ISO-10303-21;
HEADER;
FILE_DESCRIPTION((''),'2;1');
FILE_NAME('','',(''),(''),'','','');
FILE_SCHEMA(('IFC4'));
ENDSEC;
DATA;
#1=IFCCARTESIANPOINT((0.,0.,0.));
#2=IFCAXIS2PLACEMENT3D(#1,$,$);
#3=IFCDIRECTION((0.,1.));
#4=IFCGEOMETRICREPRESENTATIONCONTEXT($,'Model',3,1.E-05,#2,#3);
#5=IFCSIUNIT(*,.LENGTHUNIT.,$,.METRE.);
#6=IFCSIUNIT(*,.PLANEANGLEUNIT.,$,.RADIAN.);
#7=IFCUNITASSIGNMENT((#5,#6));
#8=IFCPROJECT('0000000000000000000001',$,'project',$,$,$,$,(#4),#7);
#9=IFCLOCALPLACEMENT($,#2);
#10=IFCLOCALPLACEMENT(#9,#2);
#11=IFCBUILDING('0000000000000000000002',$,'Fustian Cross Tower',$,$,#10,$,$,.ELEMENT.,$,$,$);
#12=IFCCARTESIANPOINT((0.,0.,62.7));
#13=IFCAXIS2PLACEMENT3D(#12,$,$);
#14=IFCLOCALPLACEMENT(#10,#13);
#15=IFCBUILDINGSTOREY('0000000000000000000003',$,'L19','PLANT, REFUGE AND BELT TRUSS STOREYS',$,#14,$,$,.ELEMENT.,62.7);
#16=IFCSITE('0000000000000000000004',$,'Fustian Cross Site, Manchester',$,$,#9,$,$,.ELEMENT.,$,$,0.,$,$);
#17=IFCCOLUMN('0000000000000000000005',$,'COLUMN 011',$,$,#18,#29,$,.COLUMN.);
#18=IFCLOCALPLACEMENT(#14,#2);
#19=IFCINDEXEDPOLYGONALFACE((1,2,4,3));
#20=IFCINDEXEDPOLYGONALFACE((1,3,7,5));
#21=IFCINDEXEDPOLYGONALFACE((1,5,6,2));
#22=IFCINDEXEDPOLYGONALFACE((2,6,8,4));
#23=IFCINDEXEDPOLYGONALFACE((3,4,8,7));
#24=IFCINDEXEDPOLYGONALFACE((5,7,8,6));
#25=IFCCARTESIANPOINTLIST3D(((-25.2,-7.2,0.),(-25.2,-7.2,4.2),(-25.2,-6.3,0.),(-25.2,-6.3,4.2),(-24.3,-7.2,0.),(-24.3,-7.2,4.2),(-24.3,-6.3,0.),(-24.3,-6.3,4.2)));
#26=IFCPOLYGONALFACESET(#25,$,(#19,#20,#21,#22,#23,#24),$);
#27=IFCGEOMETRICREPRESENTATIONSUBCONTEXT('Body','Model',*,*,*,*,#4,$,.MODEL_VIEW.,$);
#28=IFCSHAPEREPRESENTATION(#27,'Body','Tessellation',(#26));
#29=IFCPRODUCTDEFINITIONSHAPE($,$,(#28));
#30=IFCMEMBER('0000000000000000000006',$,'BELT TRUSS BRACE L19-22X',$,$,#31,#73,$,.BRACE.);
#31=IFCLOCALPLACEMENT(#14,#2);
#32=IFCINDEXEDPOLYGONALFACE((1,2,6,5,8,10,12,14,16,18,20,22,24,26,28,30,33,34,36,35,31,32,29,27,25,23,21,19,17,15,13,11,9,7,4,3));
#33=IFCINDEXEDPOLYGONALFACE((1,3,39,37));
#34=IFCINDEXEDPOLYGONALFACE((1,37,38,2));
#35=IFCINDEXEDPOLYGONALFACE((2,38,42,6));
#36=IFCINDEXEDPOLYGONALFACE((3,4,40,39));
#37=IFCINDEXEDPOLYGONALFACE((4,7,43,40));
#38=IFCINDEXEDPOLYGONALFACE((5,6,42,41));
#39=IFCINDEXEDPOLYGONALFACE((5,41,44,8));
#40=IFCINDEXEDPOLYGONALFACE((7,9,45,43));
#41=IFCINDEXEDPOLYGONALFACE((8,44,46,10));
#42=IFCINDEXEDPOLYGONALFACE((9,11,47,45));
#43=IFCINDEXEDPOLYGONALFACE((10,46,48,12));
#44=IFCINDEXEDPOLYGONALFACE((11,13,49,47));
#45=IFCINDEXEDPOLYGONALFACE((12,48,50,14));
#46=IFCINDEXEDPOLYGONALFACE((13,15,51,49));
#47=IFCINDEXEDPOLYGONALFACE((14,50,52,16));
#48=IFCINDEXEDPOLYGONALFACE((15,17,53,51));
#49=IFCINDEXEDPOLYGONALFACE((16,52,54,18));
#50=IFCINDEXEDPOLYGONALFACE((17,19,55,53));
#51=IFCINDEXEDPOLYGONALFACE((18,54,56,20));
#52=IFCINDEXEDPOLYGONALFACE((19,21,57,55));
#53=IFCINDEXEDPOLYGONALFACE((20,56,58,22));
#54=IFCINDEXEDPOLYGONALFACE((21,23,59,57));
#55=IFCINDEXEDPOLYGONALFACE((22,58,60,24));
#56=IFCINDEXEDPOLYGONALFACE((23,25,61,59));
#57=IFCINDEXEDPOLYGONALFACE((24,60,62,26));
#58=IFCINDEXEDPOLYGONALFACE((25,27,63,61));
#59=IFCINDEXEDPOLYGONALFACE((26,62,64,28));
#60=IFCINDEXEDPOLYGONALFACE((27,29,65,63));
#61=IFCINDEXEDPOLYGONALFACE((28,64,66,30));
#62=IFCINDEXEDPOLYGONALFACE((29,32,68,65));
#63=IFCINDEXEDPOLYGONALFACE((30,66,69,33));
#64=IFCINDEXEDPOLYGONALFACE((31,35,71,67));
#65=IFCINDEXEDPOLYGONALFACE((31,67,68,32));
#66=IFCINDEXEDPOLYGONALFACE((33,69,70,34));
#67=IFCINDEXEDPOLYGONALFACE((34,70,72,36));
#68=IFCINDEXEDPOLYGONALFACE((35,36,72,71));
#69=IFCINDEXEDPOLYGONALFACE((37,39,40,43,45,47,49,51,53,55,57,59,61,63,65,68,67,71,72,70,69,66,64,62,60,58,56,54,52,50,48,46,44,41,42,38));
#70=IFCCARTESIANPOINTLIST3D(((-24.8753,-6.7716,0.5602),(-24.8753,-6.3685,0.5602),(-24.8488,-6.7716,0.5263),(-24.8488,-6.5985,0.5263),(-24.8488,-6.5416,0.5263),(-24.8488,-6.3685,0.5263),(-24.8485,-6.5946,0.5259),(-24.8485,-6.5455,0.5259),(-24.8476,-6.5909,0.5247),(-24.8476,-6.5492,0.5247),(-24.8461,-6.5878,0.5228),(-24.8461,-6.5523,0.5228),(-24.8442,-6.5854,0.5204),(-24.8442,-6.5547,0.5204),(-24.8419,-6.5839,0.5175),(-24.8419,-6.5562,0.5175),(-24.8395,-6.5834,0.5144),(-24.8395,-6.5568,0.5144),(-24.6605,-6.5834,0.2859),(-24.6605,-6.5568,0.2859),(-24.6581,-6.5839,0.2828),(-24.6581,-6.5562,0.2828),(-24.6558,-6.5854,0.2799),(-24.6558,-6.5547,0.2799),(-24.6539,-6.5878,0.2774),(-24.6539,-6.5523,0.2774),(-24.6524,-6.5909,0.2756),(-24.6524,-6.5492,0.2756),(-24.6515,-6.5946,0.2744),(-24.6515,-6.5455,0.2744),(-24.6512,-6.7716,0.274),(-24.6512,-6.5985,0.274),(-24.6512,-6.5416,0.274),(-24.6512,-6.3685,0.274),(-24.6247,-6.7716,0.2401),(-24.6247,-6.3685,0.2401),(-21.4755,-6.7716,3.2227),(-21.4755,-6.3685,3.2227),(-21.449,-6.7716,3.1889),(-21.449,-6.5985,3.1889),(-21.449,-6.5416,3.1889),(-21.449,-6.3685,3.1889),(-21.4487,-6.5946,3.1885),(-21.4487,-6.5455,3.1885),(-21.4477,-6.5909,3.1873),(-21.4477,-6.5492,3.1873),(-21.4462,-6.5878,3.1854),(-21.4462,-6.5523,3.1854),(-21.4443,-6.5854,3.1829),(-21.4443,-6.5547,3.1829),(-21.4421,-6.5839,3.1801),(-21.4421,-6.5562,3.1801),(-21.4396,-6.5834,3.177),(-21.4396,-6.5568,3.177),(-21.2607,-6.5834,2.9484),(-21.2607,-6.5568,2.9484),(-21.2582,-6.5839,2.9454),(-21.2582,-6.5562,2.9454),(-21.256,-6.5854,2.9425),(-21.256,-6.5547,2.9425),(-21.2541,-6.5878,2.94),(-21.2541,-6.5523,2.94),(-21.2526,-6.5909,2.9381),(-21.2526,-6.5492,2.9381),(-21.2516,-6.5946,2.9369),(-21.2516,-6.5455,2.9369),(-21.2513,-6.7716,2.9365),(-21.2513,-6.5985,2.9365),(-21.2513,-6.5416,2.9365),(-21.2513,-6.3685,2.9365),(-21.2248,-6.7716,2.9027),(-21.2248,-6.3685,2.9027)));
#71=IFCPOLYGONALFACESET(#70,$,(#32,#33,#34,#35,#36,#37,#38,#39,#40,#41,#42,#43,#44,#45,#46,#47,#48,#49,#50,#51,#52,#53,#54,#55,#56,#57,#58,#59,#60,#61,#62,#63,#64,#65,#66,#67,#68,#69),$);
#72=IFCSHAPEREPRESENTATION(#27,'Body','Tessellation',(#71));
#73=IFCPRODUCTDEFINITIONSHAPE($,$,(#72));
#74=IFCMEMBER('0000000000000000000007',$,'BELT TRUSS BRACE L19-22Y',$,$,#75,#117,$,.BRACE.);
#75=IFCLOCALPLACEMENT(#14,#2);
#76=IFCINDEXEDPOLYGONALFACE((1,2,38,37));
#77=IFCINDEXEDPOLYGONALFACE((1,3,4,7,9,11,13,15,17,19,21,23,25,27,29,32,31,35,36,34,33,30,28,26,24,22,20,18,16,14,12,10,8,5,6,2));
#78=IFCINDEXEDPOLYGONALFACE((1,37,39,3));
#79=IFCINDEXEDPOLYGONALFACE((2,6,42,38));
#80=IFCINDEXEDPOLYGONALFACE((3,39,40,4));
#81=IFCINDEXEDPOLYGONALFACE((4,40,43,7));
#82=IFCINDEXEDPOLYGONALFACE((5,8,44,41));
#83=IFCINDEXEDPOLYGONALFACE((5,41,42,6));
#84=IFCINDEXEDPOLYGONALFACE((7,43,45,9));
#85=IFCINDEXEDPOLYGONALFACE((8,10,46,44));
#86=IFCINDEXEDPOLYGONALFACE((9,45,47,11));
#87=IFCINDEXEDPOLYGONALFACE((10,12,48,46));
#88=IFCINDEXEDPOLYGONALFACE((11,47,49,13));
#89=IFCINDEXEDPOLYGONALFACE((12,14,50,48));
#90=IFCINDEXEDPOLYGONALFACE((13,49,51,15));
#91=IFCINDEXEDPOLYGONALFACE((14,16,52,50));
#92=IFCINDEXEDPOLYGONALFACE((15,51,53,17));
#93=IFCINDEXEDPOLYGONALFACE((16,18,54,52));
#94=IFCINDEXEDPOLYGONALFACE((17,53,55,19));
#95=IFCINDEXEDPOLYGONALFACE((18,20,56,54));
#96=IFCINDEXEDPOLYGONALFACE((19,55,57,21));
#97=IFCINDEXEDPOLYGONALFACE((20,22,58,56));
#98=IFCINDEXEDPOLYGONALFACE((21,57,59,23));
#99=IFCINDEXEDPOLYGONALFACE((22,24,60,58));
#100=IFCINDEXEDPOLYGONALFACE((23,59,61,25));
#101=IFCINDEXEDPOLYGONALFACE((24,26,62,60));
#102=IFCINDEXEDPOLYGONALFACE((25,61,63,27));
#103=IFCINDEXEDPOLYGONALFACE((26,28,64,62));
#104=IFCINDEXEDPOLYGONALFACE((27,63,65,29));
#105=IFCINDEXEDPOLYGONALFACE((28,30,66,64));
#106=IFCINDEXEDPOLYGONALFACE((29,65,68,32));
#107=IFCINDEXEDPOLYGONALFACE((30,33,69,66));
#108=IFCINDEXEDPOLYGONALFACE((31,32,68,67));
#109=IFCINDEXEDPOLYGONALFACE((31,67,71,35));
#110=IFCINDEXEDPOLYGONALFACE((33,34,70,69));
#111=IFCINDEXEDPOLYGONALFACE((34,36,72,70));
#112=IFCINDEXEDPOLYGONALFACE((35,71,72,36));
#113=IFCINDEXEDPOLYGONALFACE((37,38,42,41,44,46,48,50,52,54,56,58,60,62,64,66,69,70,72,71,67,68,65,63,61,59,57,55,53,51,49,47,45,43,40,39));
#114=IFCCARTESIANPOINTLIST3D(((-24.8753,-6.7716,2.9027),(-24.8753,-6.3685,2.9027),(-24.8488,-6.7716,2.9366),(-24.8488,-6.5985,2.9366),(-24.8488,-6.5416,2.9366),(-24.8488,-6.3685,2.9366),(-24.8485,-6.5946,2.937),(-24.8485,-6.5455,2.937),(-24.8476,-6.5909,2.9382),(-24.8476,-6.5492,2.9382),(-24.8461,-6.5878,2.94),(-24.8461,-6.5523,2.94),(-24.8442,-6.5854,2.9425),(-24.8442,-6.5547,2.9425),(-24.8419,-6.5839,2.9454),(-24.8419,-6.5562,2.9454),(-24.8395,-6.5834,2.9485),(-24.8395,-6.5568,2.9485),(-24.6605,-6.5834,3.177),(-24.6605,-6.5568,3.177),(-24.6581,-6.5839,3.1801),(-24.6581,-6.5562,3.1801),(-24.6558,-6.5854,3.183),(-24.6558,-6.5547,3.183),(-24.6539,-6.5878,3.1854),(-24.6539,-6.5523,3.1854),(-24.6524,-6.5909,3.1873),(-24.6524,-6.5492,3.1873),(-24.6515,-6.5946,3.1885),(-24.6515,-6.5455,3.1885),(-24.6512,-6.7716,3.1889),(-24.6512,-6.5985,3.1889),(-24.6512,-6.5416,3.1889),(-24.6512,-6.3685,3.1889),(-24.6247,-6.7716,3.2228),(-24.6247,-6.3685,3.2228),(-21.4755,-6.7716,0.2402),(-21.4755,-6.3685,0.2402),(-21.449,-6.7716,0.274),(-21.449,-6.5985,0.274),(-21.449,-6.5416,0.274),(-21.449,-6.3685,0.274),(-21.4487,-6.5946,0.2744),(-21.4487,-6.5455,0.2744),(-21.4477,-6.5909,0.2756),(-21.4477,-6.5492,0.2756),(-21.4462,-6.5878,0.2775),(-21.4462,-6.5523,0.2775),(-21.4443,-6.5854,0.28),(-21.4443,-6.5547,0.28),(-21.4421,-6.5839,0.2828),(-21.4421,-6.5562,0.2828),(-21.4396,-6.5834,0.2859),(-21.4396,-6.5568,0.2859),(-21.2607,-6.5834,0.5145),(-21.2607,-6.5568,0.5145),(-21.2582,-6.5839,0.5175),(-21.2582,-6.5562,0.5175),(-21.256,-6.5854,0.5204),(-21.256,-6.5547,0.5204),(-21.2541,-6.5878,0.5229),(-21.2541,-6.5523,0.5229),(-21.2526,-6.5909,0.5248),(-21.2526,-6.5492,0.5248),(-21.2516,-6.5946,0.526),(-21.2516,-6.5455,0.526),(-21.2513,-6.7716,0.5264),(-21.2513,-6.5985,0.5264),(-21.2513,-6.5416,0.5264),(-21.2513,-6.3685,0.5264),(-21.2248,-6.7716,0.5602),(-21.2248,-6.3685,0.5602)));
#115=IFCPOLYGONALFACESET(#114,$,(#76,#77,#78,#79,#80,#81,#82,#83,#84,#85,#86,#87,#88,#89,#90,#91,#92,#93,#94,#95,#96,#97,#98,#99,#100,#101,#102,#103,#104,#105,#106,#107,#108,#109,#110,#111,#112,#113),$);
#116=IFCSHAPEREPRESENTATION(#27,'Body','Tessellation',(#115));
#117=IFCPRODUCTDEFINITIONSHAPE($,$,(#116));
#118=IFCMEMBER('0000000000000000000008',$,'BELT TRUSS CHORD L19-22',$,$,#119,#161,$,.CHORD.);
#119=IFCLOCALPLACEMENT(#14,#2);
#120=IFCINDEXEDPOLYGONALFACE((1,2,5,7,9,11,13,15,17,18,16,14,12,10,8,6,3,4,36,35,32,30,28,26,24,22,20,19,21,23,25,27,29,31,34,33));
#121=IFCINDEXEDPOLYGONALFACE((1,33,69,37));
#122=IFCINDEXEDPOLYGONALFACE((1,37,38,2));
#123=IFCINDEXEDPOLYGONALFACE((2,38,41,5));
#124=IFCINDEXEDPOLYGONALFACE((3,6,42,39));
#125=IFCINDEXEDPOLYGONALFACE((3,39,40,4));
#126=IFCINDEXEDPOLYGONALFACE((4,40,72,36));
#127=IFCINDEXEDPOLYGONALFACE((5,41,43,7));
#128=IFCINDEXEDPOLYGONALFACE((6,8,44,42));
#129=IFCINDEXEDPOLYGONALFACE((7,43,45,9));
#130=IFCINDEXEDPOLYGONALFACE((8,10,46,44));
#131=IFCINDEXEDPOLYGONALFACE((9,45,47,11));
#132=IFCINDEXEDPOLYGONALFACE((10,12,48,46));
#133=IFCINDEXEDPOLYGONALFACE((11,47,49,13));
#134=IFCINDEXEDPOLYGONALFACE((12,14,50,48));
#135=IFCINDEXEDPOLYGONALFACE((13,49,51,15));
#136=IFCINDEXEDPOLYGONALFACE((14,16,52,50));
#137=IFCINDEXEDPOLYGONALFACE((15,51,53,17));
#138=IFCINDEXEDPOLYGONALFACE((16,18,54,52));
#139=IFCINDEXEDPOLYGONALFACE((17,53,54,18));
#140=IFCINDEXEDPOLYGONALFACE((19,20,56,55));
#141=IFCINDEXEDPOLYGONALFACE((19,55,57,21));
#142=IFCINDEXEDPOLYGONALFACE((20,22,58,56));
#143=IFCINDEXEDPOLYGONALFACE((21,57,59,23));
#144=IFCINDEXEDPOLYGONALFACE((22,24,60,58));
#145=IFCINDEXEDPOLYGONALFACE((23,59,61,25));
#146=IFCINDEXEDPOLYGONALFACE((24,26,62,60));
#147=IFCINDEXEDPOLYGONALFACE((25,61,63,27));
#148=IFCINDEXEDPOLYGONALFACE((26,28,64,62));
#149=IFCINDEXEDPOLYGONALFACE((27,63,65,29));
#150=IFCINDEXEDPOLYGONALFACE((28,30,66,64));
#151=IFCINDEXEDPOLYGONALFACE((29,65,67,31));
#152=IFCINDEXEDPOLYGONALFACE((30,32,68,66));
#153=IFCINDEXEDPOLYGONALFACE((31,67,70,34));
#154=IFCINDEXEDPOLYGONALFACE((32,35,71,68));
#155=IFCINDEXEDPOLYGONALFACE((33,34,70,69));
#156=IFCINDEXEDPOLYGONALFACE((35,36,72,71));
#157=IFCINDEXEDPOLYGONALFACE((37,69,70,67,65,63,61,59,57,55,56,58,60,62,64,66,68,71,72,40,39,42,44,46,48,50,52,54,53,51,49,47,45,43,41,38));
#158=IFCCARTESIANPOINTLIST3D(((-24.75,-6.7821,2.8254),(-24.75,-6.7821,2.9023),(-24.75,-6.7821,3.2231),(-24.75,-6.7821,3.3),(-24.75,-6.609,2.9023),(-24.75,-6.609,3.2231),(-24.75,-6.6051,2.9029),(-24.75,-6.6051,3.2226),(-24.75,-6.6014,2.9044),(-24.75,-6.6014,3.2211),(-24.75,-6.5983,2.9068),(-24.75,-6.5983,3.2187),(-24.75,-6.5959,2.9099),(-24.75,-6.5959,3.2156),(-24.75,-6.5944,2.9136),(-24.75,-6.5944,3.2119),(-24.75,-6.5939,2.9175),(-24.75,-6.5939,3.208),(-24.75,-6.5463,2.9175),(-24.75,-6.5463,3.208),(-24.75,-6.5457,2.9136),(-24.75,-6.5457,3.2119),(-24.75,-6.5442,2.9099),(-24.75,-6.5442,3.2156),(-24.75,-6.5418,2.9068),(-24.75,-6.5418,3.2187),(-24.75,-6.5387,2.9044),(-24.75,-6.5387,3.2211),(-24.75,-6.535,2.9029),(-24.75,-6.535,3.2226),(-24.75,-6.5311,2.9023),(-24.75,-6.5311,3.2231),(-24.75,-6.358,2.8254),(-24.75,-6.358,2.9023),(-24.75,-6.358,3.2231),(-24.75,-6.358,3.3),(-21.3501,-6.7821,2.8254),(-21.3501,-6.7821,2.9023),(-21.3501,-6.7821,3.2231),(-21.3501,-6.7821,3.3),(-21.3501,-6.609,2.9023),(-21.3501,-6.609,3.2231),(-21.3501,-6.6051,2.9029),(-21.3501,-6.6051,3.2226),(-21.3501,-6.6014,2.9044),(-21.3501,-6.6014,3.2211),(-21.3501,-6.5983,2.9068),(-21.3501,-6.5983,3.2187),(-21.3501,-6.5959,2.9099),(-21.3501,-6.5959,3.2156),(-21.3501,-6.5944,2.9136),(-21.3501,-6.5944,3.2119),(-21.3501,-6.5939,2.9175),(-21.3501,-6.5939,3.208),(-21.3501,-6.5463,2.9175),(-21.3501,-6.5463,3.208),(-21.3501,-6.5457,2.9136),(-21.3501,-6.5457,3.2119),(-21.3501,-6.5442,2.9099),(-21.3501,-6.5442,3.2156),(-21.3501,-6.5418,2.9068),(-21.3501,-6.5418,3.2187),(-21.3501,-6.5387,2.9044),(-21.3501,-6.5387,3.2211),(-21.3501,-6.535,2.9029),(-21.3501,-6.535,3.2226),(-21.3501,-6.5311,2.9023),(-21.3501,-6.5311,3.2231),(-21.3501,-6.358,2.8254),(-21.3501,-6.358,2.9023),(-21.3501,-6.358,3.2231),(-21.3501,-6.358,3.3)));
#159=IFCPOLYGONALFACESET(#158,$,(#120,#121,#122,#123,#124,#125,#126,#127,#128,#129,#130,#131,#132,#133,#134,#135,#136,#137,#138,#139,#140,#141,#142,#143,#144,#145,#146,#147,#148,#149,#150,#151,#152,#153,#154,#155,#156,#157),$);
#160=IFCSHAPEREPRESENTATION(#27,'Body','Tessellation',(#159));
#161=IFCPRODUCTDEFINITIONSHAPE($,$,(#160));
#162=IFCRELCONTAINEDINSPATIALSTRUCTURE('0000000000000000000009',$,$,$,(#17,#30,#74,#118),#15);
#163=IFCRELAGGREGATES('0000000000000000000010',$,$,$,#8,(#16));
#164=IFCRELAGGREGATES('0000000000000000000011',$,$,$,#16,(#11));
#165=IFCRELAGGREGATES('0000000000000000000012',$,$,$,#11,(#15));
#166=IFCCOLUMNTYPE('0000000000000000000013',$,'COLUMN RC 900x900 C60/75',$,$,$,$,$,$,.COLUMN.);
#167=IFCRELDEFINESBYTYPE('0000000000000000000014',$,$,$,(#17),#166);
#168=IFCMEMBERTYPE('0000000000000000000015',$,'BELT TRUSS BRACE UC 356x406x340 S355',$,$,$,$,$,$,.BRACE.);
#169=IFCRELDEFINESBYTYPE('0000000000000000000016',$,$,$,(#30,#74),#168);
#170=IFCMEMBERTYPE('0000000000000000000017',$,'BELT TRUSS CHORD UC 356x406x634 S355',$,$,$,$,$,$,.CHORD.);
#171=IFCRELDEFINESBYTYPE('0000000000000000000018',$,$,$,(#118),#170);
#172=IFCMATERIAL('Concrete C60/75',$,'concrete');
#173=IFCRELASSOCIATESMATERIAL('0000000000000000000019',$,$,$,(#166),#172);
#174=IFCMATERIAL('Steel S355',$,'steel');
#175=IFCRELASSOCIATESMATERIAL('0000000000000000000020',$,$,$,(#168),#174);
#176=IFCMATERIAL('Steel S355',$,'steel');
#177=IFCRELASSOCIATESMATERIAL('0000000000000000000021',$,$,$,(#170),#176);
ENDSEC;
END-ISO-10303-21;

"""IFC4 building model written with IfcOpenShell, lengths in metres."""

from ifc_helpers import new_model, si_unit, direction, frame, origin, origin_2d, place, context, subcontext, project, spatial, rectangle, i_section, extrude, material, material_profile, profile_set, type_object, element, save


model = new_model("IFC4")

# Units and contexts
model_context = context("Model", 3, precision=1e-05, world=origin(), true_north=direction((0.0, 1.0)))
body_context = subcontext(model_context, "Body", "Model", "MODEL_VIEW")
ifc_project = project(units=[si_unit("LENGTHUNIT", "METRE"), si_unit("PLANEANGLEUNIT", "RADIAN")], contexts=[model_context])

# Site, building, storey
site_placement = place(None, origin())
site = spatial("IfcSite", under=ifc_project, at=site_placement, Name="Fustian Cross Site, Manchester", CompositionType="ELEMENT", RefElevation=0.0)
building_placement = place(site_placement, origin())
building = spatial("IfcBuilding", under=site, at=building_placement, Name="Fustian Cross Tower", CompositionType="ELEMENT")
storey_placement = place(building_placement, frame((0.0, 0.0, 62.7)))
storey = spatial("IfcBuildingStorey", under=building, at=storey_placement, Name="L19", Description="PLANT, REFUGE AND BELT TRUSS STOREYS", CompositionType="ELEMENT", Elevation=62.7)

# Column
ifc_material_1 = material(Name="Concrete C60/75", Category="concrete")
ifc_material_profile_1 = material_profile(ifc_material_1, rectangle(XDim=0.8999, YDim=0.8999, at=origin_2d()), Name="RC 900x900")
ifc_profile_set_1 = profile_set([ifc_material_profile_1], Name="Concrete C60/75")
column_type = type_object("IfcColumnType", Name="COLUMN RC 900x900 C60/75", PredefinedType="COLUMN", material=ifc_profile_set_1)
column_placement = place(storey_placement, frame((-24.75, -6.75, 0.0), z_axis=(0.0, 0.0, 1.0), x_axis=(1.0, 0.0, 0.0)))
element("IfcColumn", 1, at=column_placement, inside=storey, type_object=column_type, Name="COLUMN 011", PredefinedType="COLUMN", context=body_context, shape_type="SweptSolid", body=[
    extrude(rectangle(XDim=0.8999, YDim=0.8999, at=origin_2d()), origin(), (0.0, 0.0, 1.0), 4.2),
])

# Members
ifc_material_2 = material(Name="Steel S355", Category="steel")
ifc_material_profile_2 = material_profile(ifc_material_2, i_section(OverallWidth=0.4031, OverallDepth=0.4065, WebThickness=0.0266, FlangeThickness=0.043, FilletRadius=0.0151, at=origin_2d()), Name="UC 356x406x340")
ifc_profile_set_2 = profile_set([ifc_material_profile_2], Name="Steel S355")
member_type_1 = type_object("IfcMemberType", Name="BELT TRUSS BRACE UC 356x406x340 S355", PredefinedType="BRACE", material=ifc_profile_set_2)
for number, where, z_axis, x_axis, name in (
    (2, (-24.75, -6.5701, 0.4001), (0.787302, 0.0, 0.616567), (0.0, 1.0, 0.0), "BELT TRUSS BRACE L19-22X"),
    (3, (-24.75, -6.5701, 3.0627), (0.787302, 0.0, -0.616567), (0.0, 1.0, 0.0), "BELT TRUSS BRACE L19-22Y"),
):
    element("IfcMember", number, at=place(storey_placement, frame(where, z_axis=z_axis, x_axis=x_axis)), inside=storey, type_object=member_type_1, Name=name, PredefinedType="BRACE", context=body_context, shape_type="SweptSolid", body=[
        extrude(i_section(OverallWidth=0.4031, OverallDepth=0.4065, WebThickness=0.0266, FlangeThickness=0.043, FilletRadius=0.0151, at=origin_2d()), origin(), (0.0, 0.0, 1.0), 4.3184),
    ])
ifc_material_3 = material(Name="Steel S355", Category="steel")
ifc_material_profile_3 = material_profile(ifc_material_3, i_section(OverallWidth=0.4241, OverallDepth=0.4746, WebThickness=0.0476, FlangeThickness=0.0769, FilletRadius=0.0151, at=origin_2d()), Name="UC 356x406x634")
ifc_profile_set_3 = profile_set([ifc_material_profile_3], Name="Steel S355")
member_type_2 = type_object("IfcMemberType", Name="BELT TRUSS CHORD UC 356x406x634 S355", PredefinedType="CHORD", material=ifc_profile_set_3)
for number, where, z_axis, x_axis, name in (
    (4, (-24.75, -6.5701, 3.0627), (1.0, 0.0, 0.0), (0.0, 1.0, 0.0), "BELT TRUSS CHORD L19-22"),
):
    element("IfcMember", number, at=place(storey_placement, frame(where, z_axis=z_axis, x_axis=x_axis)), inside=storey, type_object=member_type_2, Name=name, PredefinedType="CHORD", context=body_context, shape_type="SweptSolid", body=[
        extrude(i_section(OverallWidth=0.4241, OverallDepth=0.4746, WebThickness=0.0476, FlangeThickness=0.0769, FilletRadius=0.0151, at=origin_2d()), origin(), (0.0, 0.0, 1.0), 3.3999),
    ])

save(model, "model.ifc")
